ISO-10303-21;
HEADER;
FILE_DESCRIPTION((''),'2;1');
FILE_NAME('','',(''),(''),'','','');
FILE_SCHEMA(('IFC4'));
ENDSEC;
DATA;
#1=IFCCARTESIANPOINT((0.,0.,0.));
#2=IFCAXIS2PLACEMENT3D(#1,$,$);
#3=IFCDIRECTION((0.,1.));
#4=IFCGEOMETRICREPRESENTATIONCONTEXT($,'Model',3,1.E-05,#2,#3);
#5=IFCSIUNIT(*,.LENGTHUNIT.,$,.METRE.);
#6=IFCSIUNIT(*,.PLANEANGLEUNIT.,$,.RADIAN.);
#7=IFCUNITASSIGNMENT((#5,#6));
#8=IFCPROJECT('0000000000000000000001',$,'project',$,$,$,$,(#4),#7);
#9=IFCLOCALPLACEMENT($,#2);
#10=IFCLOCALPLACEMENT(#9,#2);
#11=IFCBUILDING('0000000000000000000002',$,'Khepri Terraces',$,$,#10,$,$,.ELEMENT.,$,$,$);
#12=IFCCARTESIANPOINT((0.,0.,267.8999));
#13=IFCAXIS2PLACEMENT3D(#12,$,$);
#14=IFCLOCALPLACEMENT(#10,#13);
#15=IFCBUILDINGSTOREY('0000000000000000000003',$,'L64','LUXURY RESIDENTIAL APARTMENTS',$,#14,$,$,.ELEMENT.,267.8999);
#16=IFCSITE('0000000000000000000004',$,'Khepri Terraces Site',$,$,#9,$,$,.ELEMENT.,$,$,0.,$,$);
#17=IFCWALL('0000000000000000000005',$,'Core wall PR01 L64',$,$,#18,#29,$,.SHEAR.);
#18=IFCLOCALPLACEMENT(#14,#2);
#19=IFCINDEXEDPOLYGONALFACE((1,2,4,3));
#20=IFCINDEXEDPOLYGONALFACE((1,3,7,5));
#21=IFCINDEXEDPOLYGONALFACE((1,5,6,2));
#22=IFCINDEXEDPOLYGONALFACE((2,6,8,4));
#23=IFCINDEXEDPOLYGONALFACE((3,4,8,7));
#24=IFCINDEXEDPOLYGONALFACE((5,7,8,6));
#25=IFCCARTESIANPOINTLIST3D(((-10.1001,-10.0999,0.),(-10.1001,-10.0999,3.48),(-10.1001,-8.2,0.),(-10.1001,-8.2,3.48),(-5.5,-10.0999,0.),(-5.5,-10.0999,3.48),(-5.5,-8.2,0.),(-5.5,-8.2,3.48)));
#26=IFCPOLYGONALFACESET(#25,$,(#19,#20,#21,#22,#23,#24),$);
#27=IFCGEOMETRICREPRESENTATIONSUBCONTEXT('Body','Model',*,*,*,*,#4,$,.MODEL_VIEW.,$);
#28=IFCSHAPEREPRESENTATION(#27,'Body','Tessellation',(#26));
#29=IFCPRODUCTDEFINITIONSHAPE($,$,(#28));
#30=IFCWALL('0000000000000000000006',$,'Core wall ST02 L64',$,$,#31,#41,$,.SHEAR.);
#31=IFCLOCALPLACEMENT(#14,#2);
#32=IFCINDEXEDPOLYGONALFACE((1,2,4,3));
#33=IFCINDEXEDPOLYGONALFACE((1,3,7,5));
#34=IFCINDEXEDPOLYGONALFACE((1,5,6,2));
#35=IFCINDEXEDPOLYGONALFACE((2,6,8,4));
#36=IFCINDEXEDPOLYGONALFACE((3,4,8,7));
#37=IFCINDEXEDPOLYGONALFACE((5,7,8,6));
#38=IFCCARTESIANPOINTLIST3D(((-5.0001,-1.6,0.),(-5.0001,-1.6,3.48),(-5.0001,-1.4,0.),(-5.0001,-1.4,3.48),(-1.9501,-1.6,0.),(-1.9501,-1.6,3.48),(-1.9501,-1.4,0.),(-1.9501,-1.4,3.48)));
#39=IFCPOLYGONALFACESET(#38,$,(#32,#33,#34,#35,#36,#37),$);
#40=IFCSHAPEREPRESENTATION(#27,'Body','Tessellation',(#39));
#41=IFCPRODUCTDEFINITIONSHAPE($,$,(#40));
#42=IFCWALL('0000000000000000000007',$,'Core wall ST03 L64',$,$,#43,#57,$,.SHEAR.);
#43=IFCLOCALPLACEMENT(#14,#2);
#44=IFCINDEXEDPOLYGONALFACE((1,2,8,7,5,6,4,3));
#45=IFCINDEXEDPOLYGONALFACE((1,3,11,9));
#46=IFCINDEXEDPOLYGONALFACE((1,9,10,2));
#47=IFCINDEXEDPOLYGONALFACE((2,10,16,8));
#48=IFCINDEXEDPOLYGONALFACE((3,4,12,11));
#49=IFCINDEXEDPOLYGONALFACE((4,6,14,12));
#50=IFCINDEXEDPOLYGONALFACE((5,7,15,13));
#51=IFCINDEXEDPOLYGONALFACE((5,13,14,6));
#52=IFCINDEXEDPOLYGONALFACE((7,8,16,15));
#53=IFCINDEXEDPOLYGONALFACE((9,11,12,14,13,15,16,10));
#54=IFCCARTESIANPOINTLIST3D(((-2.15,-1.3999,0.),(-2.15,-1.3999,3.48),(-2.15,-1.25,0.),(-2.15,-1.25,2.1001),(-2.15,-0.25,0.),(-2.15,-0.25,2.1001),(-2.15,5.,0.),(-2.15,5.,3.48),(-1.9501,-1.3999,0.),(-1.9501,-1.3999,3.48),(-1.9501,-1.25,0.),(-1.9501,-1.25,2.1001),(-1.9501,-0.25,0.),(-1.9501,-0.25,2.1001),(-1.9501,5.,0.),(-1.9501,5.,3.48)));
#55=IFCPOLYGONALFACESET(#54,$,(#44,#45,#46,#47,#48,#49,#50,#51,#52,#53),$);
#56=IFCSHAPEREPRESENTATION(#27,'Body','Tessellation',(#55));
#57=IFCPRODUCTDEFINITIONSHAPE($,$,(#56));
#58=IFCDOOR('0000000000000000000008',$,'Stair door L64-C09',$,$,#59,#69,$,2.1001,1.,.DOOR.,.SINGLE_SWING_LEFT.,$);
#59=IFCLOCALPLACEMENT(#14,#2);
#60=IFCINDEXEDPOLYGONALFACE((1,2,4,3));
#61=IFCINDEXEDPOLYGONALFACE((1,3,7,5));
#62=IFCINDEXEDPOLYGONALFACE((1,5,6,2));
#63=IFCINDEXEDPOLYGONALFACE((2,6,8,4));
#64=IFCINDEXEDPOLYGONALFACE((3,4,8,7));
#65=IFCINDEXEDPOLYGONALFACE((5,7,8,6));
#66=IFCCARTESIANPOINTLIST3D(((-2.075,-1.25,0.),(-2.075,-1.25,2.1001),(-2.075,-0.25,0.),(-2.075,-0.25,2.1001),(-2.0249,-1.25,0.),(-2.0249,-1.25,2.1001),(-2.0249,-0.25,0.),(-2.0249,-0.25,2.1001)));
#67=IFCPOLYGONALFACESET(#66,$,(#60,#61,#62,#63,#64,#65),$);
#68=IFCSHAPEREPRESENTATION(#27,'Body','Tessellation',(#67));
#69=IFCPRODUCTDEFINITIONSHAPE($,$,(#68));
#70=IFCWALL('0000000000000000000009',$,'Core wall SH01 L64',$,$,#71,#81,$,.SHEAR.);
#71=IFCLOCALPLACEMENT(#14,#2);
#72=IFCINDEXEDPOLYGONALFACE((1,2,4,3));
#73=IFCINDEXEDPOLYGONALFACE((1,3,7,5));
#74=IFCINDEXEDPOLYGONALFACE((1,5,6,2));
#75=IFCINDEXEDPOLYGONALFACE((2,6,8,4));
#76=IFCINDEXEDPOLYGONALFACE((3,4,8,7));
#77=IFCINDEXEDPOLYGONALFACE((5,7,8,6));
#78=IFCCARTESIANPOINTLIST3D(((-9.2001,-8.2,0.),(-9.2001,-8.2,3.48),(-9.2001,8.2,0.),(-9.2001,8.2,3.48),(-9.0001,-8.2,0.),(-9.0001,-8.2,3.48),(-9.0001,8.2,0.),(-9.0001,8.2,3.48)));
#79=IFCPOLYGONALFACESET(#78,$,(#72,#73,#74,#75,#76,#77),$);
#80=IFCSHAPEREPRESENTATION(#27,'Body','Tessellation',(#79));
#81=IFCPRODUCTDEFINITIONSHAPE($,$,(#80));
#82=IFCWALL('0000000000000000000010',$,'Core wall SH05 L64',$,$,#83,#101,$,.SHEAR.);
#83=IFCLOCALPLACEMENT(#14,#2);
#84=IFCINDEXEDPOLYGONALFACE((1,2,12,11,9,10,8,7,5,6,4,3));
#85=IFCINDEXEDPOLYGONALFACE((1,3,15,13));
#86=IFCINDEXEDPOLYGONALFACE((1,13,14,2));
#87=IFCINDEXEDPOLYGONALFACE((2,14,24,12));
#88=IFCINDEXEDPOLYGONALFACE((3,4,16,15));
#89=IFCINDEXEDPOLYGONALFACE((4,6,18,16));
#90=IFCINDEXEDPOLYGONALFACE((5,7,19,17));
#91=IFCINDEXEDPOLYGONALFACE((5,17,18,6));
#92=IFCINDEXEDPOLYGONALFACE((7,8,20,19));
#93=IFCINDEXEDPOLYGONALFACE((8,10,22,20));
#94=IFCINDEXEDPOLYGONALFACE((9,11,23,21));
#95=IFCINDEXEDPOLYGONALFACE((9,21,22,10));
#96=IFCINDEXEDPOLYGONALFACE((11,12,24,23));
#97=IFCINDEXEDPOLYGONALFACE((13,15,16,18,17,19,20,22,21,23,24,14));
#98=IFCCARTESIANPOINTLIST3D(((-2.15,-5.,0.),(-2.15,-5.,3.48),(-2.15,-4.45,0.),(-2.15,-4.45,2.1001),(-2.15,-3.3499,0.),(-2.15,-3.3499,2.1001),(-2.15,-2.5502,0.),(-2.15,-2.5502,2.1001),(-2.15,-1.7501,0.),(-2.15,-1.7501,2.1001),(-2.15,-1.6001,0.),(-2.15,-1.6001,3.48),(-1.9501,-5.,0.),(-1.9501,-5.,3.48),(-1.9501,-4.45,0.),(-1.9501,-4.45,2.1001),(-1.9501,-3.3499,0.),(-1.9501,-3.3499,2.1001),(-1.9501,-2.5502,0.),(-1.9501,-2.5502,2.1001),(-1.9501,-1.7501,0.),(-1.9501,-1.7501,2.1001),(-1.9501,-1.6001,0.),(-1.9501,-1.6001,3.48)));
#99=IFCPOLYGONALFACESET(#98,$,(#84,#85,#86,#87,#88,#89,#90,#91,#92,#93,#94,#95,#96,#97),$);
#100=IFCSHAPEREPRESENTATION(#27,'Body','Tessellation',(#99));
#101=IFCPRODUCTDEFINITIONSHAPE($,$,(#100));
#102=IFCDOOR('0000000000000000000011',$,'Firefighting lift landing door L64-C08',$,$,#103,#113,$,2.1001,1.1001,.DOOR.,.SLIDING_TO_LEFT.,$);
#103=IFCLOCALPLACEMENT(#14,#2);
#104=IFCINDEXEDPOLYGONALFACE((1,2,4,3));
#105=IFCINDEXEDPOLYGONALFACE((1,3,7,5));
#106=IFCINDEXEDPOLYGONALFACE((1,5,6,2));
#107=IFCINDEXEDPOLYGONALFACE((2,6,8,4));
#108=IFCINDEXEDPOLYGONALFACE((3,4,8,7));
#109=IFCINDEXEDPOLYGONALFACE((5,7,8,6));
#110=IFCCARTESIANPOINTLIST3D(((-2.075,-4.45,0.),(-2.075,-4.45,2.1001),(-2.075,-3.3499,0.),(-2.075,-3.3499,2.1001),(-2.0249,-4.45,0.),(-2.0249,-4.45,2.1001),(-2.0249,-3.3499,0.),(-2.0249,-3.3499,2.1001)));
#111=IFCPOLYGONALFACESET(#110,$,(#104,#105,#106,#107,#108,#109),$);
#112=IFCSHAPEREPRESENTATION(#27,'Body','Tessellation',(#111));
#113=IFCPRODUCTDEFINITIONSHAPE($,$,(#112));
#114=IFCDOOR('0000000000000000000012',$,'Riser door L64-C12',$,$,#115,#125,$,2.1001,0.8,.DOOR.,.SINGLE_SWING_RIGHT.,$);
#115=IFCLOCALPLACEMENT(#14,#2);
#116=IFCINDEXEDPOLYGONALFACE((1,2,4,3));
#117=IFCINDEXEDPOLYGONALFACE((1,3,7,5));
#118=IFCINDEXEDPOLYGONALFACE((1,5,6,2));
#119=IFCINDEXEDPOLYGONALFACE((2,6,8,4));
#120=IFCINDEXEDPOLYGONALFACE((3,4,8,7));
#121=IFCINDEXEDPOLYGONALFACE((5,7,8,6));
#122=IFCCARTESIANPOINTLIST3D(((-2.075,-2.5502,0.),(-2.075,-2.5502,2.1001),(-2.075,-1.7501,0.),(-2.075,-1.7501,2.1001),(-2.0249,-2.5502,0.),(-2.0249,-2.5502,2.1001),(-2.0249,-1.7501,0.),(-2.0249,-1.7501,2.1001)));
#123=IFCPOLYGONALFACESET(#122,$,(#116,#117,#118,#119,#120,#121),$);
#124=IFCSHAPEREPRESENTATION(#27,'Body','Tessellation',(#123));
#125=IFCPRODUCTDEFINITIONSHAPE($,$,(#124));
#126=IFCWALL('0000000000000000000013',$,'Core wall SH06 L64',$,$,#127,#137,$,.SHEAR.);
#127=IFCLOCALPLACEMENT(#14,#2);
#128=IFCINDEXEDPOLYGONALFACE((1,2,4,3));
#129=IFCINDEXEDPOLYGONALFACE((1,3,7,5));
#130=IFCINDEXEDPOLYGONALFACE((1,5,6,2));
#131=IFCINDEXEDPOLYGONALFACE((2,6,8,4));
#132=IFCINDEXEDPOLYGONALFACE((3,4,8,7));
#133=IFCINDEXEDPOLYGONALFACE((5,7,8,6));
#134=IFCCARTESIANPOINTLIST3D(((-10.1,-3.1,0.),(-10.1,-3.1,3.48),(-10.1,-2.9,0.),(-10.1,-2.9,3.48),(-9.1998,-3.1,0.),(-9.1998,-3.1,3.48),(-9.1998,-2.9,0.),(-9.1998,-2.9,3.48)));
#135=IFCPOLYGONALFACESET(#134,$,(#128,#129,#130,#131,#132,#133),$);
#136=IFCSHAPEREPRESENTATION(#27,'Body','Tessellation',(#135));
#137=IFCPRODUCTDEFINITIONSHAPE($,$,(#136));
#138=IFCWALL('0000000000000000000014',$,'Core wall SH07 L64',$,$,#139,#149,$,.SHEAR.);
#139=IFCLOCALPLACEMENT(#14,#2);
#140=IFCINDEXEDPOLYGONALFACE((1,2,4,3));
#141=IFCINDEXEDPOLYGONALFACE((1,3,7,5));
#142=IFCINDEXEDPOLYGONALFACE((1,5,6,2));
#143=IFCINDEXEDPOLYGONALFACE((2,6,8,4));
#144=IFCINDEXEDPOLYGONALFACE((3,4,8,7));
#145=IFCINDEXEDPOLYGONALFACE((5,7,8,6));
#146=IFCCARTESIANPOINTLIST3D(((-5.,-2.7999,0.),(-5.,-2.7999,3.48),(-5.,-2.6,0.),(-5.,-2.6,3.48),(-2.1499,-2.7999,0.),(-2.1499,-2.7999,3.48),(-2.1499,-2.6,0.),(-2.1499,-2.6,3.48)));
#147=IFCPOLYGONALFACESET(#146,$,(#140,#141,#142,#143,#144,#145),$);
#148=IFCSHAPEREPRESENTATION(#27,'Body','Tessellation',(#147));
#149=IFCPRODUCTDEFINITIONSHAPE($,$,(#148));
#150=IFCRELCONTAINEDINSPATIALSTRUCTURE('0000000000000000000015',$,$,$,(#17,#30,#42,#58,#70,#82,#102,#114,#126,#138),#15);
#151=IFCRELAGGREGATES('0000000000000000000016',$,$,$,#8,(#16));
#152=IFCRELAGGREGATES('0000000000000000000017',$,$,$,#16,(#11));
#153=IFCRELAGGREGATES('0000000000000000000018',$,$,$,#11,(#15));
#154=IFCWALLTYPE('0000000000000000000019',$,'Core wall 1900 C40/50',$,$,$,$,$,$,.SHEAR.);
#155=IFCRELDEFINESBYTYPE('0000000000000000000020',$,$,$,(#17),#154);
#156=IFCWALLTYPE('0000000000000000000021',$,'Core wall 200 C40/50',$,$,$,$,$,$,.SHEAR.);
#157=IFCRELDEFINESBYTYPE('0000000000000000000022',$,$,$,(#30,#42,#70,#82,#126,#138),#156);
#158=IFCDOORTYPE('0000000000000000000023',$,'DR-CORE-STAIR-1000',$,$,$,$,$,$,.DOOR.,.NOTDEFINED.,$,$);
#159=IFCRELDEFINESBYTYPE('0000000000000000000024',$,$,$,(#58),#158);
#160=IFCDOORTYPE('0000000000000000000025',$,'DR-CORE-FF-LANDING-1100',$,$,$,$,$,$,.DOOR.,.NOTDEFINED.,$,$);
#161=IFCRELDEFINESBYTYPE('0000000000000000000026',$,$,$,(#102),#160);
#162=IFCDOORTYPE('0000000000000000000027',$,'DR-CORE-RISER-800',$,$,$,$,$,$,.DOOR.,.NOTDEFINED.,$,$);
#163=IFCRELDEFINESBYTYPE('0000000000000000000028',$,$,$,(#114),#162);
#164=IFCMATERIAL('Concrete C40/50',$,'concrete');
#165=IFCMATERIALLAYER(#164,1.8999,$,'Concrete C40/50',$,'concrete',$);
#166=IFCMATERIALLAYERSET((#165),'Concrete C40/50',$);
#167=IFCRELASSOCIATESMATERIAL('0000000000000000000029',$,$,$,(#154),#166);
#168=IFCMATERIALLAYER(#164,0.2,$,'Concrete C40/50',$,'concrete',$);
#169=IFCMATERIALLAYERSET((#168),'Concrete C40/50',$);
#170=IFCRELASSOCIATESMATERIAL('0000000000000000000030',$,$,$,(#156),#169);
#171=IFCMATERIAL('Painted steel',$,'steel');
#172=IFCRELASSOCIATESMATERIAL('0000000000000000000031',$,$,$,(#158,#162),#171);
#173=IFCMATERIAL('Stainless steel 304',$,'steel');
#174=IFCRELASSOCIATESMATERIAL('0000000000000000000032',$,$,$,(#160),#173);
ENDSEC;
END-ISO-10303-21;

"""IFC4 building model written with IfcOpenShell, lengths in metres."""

from ifc_helpers import new_model, si_unit, direction, frame, frame_2d, origin, place, context, subcontext, project, spatial, rectangle, extrude, material, layer, layer_set, type_object, element, fill, save


model = new_model("IFC4")

# Units and contexts
model_context = context("Model", 3, precision=1e-05, world=origin(), true_north=direction((0.0, 1.0)))
body_context = subcontext(model_context, "Body", "Model", "MODEL_VIEW")
ifc_project = project(units=[si_unit("LENGTHUNIT", "METRE"), si_unit("PLANEANGLEUNIT", "RADIAN")], contexts=[model_context])

# Site, building, storey
site_placement = place(None, origin())
site = spatial("IfcSite", under=ifc_project, at=site_placement, Name="Khepri Terraces Site", CompositionType="ELEMENT", RefElevation=0.0)
building_placement = place(site_placement, origin())
building = spatial("IfcBuilding", under=site, at=building_placement, Name="Khepri Terraces", CompositionType="ELEMENT")
storey_placement = place(building_placement, frame((0.0, 0.0, 267.8999)))
storey = spatial("IfcBuildingStorey", under=building, at=storey_placement, Name="L64", Description="LUXURY RESIDENTIAL APARTMENTS", CompositionType="ELEMENT", Elevation=267.8999)

# Walls
ifc_material_1 = material(Name="Concrete C40/50", Category="concrete")
ifc_layer_1 = layer(ifc_material_1, 1.8999, Name="Concrete C40/50", Category="concrete")
ifc_layer_set_1 = layer_set([ifc_layer_1], Name="Concrete C40/50")
wall_type_1 = type_object("IfcWallType", Name="Core wall 1900 C40/50", PredefinedType="SHEAR", material=ifc_layer_set_1)
wall_1_placement = place(storey_placement, frame((-10.1001, -9.1499, 0.0), z_axis=(0.0, 0.0, 1.0), x_axis=(1.0, 0.0, 0.0)))
element("IfcWall", 1, at=wall_1_placement, inside=storey, type_object=wall_type_1, Name="Core wall PR01 L64", PredefinedType="SHEAR", context=body_context, shape_type="SweptSolid", body=[
    extrude(rectangle(XDim=4.6001, YDim=1.8999, at=frame_2d((2.3, 0.0))), origin(), (0.0, 0.0, 1.0), 3.48),
])
ifc_layer_2 = layer(ifc_material_1, 0.2, Name="Concrete C40/50", Category="concrete")
ifc_layer_set_2 = layer_set([ifc_layer_2], Name="Concrete C40/50")
wall_type_2 = type_object("IfcWallType", Name="Core wall 200 C40/50", PredefinedType="SHEAR", material=ifc_layer_set_2)
wall_2_placement = place(storey_placement, frame((-5.0, -1.5, 0.0), z_axis=(0.0, 0.0, 1.0), x_axis=(1.0, 0.0, 0.0)))
element("IfcWall", 2, at=wall_2_placement, inside=storey, type_object=wall_type_2, Name="Core wall ST02 L64", PredefinedType="SHEAR", context=body_context, shape_type="SweptSolid", body=[
    extrude(rectangle(XDim=3.05, YDim=0.2, at=frame_2d((1.5249, 0.0))), origin(), (0.0, 0.0, 1.0), 3.48),
])

# Wall, opening, door
wall_3_placement = place(storey_placement, frame((-2.05, -1.3999, 0.0), z_axis=(0.0, 0.0, 1.0), x_axis=(0.0, 1.0, 0.0)))
wall_3 = element("IfcWall", 3, at=wall_3_placement, inside=storey, type_object=wall_type_2, Name="Core wall ST03 L64", PredefinedType="SHEAR", context=body_context, shape_type="SweptSolid", body=[
    extrude(rectangle(XDim=6.3999, YDim=0.2, at=frame_2d((3.2, 0.0))), origin(), (0.0, 0.0, 1.0), 3.48),
])
opening_1_placement = place(wall_3_placement, frame((0.1499, 0.0, 0.0)))
opening_1 = element("IfcOpeningElement", 4, at=opening_1_placement, cuts=wall_3, PredefinedType="OPENING", context=body_context, shape_type="SweptSolid", body=[
    extrude(rectangle(XDim=1.0, YDim=2.1001, at=frame_2d((0.5, 1.05))), frame((0.0, 0.1099, 0.0), z_axis=(0.0, -1.0, 0.0), x_axis=(1.0, 0.0, 0.0)), (0.0, 0.0, 1.0), 0.22),
])
ifc_material_2 = material(Name="Painted steel", Category="steel")
door_type_1 = type_object("IfcDoorType", Name="DR-CORE-STAIR-1000", OperationType="NOTDEFINED", PredefinedType="DOOR", material=ifc_material_2)
door_1_placement = place(opening_1_placement, origin())
door_1 = element("IfcDoor", 5, at=door_1_placement, inside=storey, type_object=door_type_1, Name="Stair door L64-C09", OperationType="SINGLE_SWING_LEFT", OverallHeight=2.1001, OverallWidth=1.0, PredefinedType="DOOR", context=body_context, shape_type="SweptSolid", body=[
    extrude(rectangle(XDim=1.0, YDim=2.1001, at=frame_2d((0.5, 1.05))), frame((0.0, 0.0249, 0.0), z_axis=(0.0, -1.0, 0.0), x_axis=(1.0, 0.0, 0.0)), (0.0, 0.0, 1.0), 0.05),
])
fill(opening_1, door_1)

# Wall
wall_4_placement = place(storey_placement, frame((-9.1001, -8.2, 0.0), z_axis=(0.0, 0.0, 1.0), x_axis=(0.0, 1.0, 0.0)))
element("IfcWall", 6, at=wall_4_placement, inside=storey, type_object=wall_type_2, Name="Core wall SH01 L64", PredefinedType="SHEAR", context=body_context, shape_type="SweptSolid", body=[
    extrude(rectangle(XDim=16.3999, YDim=0.2, at=frame_2d((8.2, 0.0))), origin(), (0.0, 0.0, 1.0), 3.48),
])

# Wall, openings, doors
wall_5_placement = place(storey_placement, frame((-2.05, -5.0, 0.0), z_axis=(0.0, 0.0, 1.0), x_axis=(0.0, 1.0, 0.0)))
wall_5 = element("IfcWall", 7, at=wall_5_placement, inside=storey, type_object=wall_type_2, Name="Core wall SH05 L64", PredefinedType="SHEAR", context=body_context, shape_type="SweptSolid", body=[
    extrude(rectangle(XDim=3.3999, YDim=0.2, at=frame_2d((1.7, 0.0))), origin(), (0.0, 0.0, 1.0), 3.48),
])
opening_2_placement = place(wall_5_placement, frame((0.55, 0.0, 0.0)))
opening_2 = element("IfcOpeningElement", 8, at=opening_2_placement, cuts=wall_5, PredefinedType="OPENING", context=body_context, shape_type="SweptSolid", body=[
    extrude(rectangle(XDim=1.1001, YDim=2.1001, at=frame_2d((0.55, 1.05))), frame((0.0, 0.1099, 0.0), z_axis=(0.0, -1.0, 0.0), x_axis=(1.0, 0.0, 0.0)), (0.0, 0.0, 1.0), 0.22),
])
opening_3_placement = place(wall_5_placement, frame((2.45, 0.0, 0.0)))
opening_3 = element("IfcOpeningElement", 9, at=opening_3_placement, cuts=wall_5, PredefinedType="OPENING", context=body_context, shape_type="SweptSolid", body=[
    extrude(rectangle(XDim=0.8, YDim=2.1001, at=frame_2d((0.3999, 1.05))), frame((0.0, 0.1099, 0.0), z_axis=(0.0, -1.0, 0.0), x_axis=(1.0, 0.0, 0.0)), (0.0, 0.0, 1.0), 0.22),
])
ifc_material_3 = material(Name="Stainless steel 304", Category="steel")
door_type_2 = type_object("IfcDoorType", Name="DR-CORE-FF-LANDING-1100", OperationType="NOTDEFINED", PredefinedType="DOOR", material=ifc_material_3)
door_2_placement = place(opening_2_placement, origin())
door_2 = element("IfcDoor", 10, at=door_2_placement, inside=storey, type_object=door_type_2, Name="Firefighting lift landing door L64-C08", OperationType="SLIDING_TO_LEFT", OverallHeight=2.1001, OverallWidth=1.1001, PredefinedType="DOOR", context=body_context, shape_type="SweptSolid", body=[
    extrude(rectangle(XDim=1.1001, YDim=2.1001, at=frame_2d((0.55, 1.05))), frame((0.0, 0.0249, 0.0), z_axis=(0.0, -1.0, 0.0), x_axis=(1.0, 0.0, 0.0)), (0.0, 0.0, 1.0), 0.05),
])
fill(opening_2, door_2)
door_type_3 = type_object("IfcDoorType", Name="DR-CORE-RISER-800", OperationType="NOTDEFINED", PredefinedType="DOOR", material=ifc_material_2)
door_3_placement = place(opening_3_placement, origin())
door_3 = element("IfcDoor", 11, at=door_3_placement, inside=storey, type_object=door_type_3, Name="Riser door L64-C12", OperationType="SINGLE_SWING_RIGHT", OverallHeight=2.1001, OverallWidth=0.8, PredefinedType="DOOR", context=body_context, shape_type="SweptSolid", body=[
    extrude(rectangle(XDim=0.8, YDim=2.1001, at=frame_2d((0.3999, 1.05))), frame((0.0, 0.0249, 0.0), z_axis=(0.0, -1.0, 0.0), x_axis=(1.0, 0.0, 0.0)), (0.0, 0.0, 1.0), 0.05),
])
fill(opening_3, door_3)

# Walls
wall_6_placement = place(storey_placement, frame((-10.1001, -3.0, 0.0), z_axis=(0.0, 0.0, 1.0), x_axis=(1.0, 0.0, 0.0)))
element("IfcWall", 12, at=wall_6_placement, inside=storey, type_object=wall_type_2, Name="Core wall SH06 L64", PredefinedType="SHEAR", context=body_context, shape_type="SweptSolid", body=[
    extrude(rectangle(XDim=0.9001, YDim=0.2, at=frame_2d((0.4502, 0.0))), origin(), (0.0, 0.0, 1.0), 3.48),
])
wall_7_placement = place(storey_placement, frame((-5.0, -2.7, 0.0), z_axis=(0.0, 0.0, 1.0), x_axis=(1.0, 0.0, 0.0)))
element("IfcWall", 13, at=wall_7_placement, inside=storey, type_object=wall_type_2, Name="Core wall SH07 L64", PredefinedType="SHEAR", context=body_context, shape_type="SweptSolid", body=[
    extrude(rectangle(XDim=2.8501, YDim=0.2, at=frame_2d((1.425, 0.0))), origin(), (0.0, 0.0, 1.0), 3.48),
])

save(model, "model.ifc")
